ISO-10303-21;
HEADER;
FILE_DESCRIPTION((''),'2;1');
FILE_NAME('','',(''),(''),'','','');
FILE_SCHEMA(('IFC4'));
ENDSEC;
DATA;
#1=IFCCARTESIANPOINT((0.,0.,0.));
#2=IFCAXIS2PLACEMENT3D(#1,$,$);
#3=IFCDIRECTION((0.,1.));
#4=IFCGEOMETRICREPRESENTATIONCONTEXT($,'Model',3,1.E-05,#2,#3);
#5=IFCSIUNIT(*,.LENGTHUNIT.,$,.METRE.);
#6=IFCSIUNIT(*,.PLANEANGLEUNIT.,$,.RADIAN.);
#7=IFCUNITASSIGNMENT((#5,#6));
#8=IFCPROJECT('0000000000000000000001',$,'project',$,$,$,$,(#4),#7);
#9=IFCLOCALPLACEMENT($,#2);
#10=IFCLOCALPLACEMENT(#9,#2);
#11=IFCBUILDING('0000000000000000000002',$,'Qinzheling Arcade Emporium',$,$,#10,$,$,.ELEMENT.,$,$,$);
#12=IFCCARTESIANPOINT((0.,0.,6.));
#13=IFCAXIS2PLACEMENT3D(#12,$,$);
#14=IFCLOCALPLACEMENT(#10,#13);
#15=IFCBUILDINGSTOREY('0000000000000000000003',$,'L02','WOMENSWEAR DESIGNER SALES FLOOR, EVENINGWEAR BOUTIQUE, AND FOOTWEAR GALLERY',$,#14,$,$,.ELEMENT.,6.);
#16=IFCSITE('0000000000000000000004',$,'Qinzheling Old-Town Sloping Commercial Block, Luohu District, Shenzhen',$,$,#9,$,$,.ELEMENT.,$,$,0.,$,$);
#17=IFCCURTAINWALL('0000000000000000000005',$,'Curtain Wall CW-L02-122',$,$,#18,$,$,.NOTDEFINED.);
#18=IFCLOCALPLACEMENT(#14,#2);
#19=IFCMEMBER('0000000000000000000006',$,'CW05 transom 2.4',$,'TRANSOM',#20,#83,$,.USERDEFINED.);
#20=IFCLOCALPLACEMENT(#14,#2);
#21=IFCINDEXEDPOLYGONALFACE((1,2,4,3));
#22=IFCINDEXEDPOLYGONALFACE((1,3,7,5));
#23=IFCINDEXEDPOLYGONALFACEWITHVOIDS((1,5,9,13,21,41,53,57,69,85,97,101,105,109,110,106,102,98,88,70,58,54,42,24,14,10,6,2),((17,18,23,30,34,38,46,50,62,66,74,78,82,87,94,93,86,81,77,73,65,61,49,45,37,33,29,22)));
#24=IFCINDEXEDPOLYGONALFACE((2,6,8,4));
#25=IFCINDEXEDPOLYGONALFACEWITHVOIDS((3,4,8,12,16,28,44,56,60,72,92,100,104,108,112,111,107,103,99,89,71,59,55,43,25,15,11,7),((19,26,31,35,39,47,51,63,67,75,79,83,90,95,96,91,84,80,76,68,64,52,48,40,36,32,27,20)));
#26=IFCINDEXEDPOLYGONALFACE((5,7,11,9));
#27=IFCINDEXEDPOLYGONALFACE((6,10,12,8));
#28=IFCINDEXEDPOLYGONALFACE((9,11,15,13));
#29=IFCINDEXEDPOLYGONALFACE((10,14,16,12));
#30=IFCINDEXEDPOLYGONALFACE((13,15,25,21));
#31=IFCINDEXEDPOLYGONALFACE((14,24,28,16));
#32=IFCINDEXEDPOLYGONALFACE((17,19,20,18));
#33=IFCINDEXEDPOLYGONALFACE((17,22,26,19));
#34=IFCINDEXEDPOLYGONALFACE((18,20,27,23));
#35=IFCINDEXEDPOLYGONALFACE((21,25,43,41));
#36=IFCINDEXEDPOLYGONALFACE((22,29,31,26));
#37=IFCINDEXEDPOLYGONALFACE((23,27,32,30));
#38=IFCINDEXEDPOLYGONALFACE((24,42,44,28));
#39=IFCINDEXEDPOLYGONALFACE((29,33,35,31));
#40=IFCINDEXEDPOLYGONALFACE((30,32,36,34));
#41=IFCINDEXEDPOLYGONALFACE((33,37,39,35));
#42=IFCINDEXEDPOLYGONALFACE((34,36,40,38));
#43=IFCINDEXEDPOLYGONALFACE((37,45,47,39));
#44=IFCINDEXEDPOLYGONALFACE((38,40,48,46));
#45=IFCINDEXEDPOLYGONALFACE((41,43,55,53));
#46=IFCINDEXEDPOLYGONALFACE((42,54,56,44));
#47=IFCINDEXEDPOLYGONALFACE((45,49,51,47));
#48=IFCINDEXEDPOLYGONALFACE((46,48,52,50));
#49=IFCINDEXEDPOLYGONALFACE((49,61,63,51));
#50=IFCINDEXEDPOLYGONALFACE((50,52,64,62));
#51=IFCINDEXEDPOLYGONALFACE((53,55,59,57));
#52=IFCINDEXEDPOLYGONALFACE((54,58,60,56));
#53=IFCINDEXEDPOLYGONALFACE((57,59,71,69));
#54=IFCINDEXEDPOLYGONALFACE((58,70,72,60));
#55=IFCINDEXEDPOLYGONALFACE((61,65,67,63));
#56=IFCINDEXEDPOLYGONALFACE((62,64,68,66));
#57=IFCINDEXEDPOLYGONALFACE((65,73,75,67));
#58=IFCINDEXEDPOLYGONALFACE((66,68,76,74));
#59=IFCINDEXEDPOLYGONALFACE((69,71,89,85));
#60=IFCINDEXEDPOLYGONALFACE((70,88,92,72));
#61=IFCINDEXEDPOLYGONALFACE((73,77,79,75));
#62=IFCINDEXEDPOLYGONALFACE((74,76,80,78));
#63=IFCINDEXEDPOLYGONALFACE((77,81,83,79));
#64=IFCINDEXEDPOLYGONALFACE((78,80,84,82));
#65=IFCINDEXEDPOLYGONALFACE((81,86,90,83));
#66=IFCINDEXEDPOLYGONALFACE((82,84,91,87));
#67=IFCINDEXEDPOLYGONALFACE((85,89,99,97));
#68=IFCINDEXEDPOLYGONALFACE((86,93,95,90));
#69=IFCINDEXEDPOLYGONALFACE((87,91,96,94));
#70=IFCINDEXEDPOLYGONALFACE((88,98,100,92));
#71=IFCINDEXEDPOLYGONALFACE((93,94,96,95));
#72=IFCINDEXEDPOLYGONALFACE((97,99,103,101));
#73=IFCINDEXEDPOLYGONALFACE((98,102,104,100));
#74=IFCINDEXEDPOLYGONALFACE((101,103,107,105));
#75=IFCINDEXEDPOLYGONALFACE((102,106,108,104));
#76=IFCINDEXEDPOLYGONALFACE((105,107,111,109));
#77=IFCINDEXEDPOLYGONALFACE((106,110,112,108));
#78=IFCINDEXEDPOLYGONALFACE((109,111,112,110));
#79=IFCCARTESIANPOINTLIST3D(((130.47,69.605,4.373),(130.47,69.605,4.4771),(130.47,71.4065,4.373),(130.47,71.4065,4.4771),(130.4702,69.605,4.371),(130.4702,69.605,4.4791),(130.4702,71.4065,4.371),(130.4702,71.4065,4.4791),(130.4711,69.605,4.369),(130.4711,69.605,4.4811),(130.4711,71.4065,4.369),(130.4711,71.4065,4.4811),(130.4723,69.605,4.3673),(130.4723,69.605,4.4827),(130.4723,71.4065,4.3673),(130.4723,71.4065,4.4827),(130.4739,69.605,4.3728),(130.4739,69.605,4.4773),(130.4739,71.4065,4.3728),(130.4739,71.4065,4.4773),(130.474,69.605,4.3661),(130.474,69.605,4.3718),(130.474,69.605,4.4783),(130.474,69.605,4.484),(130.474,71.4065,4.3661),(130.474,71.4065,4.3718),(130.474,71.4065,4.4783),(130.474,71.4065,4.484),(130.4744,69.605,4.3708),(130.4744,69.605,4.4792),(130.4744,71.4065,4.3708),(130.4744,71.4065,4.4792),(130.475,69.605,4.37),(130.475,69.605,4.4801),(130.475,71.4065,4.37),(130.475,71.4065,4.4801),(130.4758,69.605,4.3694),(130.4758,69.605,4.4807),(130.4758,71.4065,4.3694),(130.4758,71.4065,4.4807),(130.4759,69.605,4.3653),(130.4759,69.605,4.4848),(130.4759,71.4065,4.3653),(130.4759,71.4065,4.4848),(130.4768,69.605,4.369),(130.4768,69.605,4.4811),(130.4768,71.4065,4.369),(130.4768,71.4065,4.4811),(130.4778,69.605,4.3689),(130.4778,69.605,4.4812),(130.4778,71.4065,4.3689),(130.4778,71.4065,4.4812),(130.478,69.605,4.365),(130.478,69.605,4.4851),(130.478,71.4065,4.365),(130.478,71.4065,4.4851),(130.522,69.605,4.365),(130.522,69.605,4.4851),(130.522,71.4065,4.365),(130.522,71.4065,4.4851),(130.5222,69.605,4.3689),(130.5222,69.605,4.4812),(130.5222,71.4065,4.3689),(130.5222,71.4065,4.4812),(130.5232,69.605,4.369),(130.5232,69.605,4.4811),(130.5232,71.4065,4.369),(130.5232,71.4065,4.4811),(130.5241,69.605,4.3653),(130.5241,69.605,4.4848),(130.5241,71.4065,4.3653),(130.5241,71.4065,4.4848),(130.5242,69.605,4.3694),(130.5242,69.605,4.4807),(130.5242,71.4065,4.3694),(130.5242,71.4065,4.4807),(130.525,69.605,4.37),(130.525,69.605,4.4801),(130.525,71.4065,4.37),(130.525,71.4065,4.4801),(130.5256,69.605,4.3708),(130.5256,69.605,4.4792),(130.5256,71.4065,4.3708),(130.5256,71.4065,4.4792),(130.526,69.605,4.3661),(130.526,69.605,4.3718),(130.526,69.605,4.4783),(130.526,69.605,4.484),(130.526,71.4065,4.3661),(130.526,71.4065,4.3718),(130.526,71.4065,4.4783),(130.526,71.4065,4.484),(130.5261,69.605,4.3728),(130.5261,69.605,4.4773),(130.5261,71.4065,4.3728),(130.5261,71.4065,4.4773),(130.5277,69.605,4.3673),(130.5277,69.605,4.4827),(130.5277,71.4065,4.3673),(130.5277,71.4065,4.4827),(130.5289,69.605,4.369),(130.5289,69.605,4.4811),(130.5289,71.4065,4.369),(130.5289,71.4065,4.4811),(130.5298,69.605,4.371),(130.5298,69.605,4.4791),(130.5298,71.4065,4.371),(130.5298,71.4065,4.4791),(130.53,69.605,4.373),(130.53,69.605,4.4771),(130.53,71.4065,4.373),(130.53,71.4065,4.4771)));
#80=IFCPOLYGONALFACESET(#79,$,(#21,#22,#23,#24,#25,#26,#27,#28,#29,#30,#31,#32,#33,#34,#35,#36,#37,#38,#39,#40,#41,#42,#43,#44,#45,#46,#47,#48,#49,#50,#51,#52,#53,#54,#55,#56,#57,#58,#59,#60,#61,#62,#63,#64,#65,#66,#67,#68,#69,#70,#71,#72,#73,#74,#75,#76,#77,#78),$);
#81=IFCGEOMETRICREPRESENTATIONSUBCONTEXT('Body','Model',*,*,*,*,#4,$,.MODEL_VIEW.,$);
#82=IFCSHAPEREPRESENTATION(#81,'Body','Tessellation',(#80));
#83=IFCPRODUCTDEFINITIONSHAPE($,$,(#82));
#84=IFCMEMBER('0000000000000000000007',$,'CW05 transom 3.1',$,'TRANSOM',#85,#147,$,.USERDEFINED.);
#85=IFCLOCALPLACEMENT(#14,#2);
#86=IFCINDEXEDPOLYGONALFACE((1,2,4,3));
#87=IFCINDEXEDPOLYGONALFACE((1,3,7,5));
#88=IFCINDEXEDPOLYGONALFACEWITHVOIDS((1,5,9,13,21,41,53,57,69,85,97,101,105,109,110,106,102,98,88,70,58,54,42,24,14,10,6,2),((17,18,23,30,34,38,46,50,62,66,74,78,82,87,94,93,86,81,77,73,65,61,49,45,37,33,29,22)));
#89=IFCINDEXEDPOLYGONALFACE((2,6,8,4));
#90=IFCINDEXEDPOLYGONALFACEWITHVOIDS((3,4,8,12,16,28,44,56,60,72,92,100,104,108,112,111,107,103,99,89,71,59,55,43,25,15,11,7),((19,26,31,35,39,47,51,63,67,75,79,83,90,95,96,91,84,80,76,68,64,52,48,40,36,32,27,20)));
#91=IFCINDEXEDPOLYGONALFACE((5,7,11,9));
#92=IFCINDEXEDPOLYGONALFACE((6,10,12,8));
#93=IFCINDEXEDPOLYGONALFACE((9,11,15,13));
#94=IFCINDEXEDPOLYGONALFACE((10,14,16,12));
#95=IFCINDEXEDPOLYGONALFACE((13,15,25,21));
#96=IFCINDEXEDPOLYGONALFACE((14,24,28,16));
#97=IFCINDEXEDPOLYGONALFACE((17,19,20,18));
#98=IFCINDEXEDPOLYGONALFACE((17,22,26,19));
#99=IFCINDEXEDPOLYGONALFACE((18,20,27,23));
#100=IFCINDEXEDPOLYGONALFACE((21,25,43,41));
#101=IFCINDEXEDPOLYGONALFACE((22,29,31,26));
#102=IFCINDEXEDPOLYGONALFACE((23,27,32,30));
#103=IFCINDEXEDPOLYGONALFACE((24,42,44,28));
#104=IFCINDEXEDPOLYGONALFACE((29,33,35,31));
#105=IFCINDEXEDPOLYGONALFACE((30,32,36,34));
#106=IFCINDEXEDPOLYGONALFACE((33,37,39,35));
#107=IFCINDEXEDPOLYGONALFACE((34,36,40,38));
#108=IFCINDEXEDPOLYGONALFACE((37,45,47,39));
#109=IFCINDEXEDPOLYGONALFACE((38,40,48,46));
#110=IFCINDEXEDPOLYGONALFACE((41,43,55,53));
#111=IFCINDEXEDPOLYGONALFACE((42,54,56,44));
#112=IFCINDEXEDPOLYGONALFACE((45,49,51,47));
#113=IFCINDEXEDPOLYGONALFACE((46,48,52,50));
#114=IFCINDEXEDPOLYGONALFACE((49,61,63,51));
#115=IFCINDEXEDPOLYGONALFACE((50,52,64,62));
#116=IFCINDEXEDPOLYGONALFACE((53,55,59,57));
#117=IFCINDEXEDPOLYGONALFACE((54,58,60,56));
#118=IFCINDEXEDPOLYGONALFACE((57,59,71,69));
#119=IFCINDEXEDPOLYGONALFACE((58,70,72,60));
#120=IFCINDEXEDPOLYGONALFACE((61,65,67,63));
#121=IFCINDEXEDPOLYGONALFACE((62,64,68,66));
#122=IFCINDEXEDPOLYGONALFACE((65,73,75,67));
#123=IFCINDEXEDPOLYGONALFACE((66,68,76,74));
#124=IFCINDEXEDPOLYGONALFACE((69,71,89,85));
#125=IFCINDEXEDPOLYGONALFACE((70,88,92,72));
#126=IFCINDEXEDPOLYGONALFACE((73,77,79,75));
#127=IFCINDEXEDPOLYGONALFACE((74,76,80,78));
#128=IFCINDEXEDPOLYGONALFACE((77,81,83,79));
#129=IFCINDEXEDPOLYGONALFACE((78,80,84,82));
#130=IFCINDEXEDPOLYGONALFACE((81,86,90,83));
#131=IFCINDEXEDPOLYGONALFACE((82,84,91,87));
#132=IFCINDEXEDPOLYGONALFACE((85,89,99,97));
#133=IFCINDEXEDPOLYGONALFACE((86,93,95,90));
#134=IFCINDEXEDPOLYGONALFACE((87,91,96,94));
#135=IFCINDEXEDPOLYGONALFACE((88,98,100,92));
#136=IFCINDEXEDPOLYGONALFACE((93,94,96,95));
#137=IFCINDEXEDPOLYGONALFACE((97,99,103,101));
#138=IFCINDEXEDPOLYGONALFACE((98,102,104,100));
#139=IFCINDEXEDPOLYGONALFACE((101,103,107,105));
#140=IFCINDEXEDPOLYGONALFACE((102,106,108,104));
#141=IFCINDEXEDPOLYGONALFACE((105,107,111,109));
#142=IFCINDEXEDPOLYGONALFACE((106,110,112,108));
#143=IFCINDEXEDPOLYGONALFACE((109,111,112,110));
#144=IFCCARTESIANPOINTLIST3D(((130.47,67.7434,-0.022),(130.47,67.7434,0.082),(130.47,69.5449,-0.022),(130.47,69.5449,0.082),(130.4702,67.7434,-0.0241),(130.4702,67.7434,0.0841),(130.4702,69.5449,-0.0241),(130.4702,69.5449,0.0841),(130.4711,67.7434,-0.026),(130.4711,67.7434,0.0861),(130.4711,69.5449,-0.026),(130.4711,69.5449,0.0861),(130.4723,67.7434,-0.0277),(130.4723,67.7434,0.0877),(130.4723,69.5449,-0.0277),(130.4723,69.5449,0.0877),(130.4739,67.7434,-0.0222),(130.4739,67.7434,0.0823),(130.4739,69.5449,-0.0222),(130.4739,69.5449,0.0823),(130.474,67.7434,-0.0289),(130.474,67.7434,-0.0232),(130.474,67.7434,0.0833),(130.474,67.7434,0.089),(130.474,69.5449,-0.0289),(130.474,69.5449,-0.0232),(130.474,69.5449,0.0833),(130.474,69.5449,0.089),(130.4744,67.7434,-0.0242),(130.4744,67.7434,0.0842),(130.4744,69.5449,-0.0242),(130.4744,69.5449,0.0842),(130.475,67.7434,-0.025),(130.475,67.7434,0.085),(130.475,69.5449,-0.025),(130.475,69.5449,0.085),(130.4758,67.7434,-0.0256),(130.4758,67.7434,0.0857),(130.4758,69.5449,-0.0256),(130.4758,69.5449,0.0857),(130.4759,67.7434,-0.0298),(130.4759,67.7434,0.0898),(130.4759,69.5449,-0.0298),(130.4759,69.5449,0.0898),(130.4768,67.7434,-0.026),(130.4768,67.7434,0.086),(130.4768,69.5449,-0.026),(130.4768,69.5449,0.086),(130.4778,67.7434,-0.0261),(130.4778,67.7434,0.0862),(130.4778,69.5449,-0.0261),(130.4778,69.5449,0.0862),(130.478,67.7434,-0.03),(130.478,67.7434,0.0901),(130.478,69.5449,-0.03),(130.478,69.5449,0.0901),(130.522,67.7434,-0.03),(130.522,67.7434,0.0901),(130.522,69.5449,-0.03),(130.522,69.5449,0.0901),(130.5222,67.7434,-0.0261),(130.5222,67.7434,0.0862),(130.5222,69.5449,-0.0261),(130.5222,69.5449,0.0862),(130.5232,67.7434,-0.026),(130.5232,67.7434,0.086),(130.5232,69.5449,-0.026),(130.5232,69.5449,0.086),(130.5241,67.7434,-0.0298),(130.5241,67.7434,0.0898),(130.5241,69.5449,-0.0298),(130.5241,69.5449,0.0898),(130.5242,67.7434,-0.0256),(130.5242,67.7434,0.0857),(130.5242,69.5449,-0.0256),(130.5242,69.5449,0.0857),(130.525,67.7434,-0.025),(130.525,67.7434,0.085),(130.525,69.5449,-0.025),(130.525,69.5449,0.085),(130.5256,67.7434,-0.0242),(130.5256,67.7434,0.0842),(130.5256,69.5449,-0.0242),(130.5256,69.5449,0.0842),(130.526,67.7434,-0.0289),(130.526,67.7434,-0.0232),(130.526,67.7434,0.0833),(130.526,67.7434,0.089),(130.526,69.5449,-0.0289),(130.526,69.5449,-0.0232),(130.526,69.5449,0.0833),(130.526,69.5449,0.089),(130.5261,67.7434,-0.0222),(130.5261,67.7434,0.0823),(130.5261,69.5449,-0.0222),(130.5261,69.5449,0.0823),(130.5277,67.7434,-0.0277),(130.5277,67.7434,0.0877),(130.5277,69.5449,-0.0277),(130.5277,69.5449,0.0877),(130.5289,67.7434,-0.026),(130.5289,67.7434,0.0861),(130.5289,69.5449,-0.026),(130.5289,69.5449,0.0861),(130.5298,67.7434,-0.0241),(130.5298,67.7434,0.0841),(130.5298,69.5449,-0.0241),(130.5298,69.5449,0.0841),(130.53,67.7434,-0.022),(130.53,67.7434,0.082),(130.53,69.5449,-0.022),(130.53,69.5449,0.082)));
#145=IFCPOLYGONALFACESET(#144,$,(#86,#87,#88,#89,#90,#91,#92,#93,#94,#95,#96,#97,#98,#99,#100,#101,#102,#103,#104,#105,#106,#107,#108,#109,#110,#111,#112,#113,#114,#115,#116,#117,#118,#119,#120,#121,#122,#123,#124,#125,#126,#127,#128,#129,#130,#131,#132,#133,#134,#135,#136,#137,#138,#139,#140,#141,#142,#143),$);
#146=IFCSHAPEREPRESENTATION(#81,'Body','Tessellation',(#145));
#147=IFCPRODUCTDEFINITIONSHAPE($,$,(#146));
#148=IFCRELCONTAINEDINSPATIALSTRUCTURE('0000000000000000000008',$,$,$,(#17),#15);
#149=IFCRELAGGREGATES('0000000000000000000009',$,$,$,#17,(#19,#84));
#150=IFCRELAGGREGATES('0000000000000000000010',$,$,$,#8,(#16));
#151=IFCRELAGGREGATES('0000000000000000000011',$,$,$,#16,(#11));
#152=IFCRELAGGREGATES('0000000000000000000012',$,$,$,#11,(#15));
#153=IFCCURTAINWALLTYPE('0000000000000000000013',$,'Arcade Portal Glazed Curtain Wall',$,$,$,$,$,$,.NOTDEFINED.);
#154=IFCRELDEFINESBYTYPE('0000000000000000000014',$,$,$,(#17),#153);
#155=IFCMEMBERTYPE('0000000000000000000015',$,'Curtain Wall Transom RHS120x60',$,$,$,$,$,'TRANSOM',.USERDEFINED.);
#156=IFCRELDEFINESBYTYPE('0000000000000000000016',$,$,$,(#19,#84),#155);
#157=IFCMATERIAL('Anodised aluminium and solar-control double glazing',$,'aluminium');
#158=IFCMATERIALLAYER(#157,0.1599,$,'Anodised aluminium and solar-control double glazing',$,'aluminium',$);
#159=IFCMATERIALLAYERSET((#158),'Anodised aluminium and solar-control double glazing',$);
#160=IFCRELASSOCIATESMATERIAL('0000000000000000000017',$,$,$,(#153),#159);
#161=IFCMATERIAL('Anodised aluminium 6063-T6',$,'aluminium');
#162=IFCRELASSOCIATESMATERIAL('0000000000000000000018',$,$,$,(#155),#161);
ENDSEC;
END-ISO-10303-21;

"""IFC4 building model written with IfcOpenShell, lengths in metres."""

from ifc_helpers import new_model, si_unit, direction, frame, origin, origin_2d, place, context, subcontext, project, spatial, hollow_rectangle, extrude, material, layer, layer_set, material_profile, profile_set, type_object, element, aggregate, save


model = new_model("IFC4")

# Units and contexts
model_context = context("Model", 3, precision=1e-05, world=origin(), true_north=direction((0.0, 1.0)))
body_context = subcontext(model_context, "Body", "Model", "MODEL_VIEW")
ifc_project = project(units=[si_unit("LENGTHUNIT", "METRE"), si_unit("PLANEANGLEUNIT", "RADIAN")], contexts=[model_context])

# Site, building, storey
site_placement = place(None, origin())
site = spatial("IfcSite", under=ifc_project, at=site_placement, Name="Qinzheling Old-Town Sloping Commercial Block, Luohu District, Shenzhen", CompositionType="ELEMENT", RefElevation=0.0)
building_placement = place(site_placement, origin())
building = spatial("IfcBuilding", under=site, at=building_placement, Name="Qinzheling Arcade Emporium", CompositionType="ELEMENT")
storey_placement = place(building_placement, frame((0.0, 0.0, 6.0)))
storey = spatial("IfcBuildingStorey", under=building, at=storey_placement, Name="L02", Description="WOMENSWEAR DESIGNER SALES FLOOR, EVENINGWEAR BOUTIQUE, AND FOOTWEAR GALLERY", CompositionType="ELEMENT", Elevation=6.0)

# Curtain wall, members
ifc_material_1 = material(Name="Anodised aluminium and solar-control double glazing", Category="aluminium")
ifc_layer_1 = layer(ifc_material_1, 0.1599, Name="Anodised aluminium and solar-control double glazing", Category="aluminium")
ifc_layer_set_1 = layer_set([ifc_layer_1], Name="Anodised aluminium and solar-control double glazing")
curtain_wall_type = type_object("IfcCurtainWallType", Name="Arcade Portal Glazed Curtain Wall", PredefinedType="NOTDEFINED", material=ifc_layer_set_1)
curtain_wall_placement = place(storey_placement, origin())
curtain_wall = element("IfcCurtainWall", 1, at=curtain_wall_placement, inside=storey, type_object=curtain_wall_type, Name="Curtain Wall CW-L02-122", PredefinedType="NOTDEFINED")
ifc_material_2 = material(Name="Anodised aluminium 6063-T6", Category="aluminium")
ifc_material_profile_1 = material_profile(ifc_material_2, hollow_rectangle(XDim=0.0601, YDim=0.1201, WallThickness=0.0039, InnerFilletRadius=0.0039, OuterFilletRadius=0.0081, at=origin_2d()), Name="RHS 120x60x4", Category="aluminium")
ifc_profile_set_1 = profile_set([ifc_material_profile_1], Name="Anodised aluminium 6063-T6")
member_type_1 = type_object("IfcMemberType", Name="Curtain Wall Transom RHS120x60", ElementType="TRANSOM", PredefinedType="USERDEFINED", material=ifc_profile_set_1)
member_1_placement = place(storey_placement, frame((130.5, 71.4065, 4.425), z_axis=(0.0, -1.0, 0.0), x_axis=(1.0, 0.0, 0.0)))
member_1 = element("IfcMember", 2, at=member_1_placement, type_object=member_type_1, Name="CW05 transom 2.4", ObjectType="TRANSOM", PredefinedType="USERDEFINED", context=body_context, shape_type="SweptSolid", body=[
    extrude(hollow_rectangle(XDim=0.0601, YDim=0.1201, WallThickness=0.0039, InnerFilletRadius=0.0039, OuterFilletRadius=0.0081, at=origin_2d()), origin(), (0.0, 0.0, 1.0), 1.8015),
])
member_2_placement = place(storey_placement, frame((130.5, 69.5449, 0.03), z_axis=(0.0, -1.0, 0.0), x_axis=(1.0, 0.0, 0.0)))
member_2 = element("IfcMember", 3, at=member_2_placement, type_object=member_type_1, Name="CW05 transom 3.1", ObjectType="TRANSOM", PredefinedType="USERDEFINED", context=body_context, shape_type="SweptSolid", body=[
    extrude(hollow_rectangle(XDim=0.0601, YDim=0.1201, WallThickness=0.0039, InnerFilletRadius=0.0039, OuterFilletRadius=0.0081, at=origin_2d()), origin(), (0.0, 0.0, 1.0), 1.8015),
])
aggregate(curtain_wall, [member_1, member_2])

save(model, "model.ifc")
